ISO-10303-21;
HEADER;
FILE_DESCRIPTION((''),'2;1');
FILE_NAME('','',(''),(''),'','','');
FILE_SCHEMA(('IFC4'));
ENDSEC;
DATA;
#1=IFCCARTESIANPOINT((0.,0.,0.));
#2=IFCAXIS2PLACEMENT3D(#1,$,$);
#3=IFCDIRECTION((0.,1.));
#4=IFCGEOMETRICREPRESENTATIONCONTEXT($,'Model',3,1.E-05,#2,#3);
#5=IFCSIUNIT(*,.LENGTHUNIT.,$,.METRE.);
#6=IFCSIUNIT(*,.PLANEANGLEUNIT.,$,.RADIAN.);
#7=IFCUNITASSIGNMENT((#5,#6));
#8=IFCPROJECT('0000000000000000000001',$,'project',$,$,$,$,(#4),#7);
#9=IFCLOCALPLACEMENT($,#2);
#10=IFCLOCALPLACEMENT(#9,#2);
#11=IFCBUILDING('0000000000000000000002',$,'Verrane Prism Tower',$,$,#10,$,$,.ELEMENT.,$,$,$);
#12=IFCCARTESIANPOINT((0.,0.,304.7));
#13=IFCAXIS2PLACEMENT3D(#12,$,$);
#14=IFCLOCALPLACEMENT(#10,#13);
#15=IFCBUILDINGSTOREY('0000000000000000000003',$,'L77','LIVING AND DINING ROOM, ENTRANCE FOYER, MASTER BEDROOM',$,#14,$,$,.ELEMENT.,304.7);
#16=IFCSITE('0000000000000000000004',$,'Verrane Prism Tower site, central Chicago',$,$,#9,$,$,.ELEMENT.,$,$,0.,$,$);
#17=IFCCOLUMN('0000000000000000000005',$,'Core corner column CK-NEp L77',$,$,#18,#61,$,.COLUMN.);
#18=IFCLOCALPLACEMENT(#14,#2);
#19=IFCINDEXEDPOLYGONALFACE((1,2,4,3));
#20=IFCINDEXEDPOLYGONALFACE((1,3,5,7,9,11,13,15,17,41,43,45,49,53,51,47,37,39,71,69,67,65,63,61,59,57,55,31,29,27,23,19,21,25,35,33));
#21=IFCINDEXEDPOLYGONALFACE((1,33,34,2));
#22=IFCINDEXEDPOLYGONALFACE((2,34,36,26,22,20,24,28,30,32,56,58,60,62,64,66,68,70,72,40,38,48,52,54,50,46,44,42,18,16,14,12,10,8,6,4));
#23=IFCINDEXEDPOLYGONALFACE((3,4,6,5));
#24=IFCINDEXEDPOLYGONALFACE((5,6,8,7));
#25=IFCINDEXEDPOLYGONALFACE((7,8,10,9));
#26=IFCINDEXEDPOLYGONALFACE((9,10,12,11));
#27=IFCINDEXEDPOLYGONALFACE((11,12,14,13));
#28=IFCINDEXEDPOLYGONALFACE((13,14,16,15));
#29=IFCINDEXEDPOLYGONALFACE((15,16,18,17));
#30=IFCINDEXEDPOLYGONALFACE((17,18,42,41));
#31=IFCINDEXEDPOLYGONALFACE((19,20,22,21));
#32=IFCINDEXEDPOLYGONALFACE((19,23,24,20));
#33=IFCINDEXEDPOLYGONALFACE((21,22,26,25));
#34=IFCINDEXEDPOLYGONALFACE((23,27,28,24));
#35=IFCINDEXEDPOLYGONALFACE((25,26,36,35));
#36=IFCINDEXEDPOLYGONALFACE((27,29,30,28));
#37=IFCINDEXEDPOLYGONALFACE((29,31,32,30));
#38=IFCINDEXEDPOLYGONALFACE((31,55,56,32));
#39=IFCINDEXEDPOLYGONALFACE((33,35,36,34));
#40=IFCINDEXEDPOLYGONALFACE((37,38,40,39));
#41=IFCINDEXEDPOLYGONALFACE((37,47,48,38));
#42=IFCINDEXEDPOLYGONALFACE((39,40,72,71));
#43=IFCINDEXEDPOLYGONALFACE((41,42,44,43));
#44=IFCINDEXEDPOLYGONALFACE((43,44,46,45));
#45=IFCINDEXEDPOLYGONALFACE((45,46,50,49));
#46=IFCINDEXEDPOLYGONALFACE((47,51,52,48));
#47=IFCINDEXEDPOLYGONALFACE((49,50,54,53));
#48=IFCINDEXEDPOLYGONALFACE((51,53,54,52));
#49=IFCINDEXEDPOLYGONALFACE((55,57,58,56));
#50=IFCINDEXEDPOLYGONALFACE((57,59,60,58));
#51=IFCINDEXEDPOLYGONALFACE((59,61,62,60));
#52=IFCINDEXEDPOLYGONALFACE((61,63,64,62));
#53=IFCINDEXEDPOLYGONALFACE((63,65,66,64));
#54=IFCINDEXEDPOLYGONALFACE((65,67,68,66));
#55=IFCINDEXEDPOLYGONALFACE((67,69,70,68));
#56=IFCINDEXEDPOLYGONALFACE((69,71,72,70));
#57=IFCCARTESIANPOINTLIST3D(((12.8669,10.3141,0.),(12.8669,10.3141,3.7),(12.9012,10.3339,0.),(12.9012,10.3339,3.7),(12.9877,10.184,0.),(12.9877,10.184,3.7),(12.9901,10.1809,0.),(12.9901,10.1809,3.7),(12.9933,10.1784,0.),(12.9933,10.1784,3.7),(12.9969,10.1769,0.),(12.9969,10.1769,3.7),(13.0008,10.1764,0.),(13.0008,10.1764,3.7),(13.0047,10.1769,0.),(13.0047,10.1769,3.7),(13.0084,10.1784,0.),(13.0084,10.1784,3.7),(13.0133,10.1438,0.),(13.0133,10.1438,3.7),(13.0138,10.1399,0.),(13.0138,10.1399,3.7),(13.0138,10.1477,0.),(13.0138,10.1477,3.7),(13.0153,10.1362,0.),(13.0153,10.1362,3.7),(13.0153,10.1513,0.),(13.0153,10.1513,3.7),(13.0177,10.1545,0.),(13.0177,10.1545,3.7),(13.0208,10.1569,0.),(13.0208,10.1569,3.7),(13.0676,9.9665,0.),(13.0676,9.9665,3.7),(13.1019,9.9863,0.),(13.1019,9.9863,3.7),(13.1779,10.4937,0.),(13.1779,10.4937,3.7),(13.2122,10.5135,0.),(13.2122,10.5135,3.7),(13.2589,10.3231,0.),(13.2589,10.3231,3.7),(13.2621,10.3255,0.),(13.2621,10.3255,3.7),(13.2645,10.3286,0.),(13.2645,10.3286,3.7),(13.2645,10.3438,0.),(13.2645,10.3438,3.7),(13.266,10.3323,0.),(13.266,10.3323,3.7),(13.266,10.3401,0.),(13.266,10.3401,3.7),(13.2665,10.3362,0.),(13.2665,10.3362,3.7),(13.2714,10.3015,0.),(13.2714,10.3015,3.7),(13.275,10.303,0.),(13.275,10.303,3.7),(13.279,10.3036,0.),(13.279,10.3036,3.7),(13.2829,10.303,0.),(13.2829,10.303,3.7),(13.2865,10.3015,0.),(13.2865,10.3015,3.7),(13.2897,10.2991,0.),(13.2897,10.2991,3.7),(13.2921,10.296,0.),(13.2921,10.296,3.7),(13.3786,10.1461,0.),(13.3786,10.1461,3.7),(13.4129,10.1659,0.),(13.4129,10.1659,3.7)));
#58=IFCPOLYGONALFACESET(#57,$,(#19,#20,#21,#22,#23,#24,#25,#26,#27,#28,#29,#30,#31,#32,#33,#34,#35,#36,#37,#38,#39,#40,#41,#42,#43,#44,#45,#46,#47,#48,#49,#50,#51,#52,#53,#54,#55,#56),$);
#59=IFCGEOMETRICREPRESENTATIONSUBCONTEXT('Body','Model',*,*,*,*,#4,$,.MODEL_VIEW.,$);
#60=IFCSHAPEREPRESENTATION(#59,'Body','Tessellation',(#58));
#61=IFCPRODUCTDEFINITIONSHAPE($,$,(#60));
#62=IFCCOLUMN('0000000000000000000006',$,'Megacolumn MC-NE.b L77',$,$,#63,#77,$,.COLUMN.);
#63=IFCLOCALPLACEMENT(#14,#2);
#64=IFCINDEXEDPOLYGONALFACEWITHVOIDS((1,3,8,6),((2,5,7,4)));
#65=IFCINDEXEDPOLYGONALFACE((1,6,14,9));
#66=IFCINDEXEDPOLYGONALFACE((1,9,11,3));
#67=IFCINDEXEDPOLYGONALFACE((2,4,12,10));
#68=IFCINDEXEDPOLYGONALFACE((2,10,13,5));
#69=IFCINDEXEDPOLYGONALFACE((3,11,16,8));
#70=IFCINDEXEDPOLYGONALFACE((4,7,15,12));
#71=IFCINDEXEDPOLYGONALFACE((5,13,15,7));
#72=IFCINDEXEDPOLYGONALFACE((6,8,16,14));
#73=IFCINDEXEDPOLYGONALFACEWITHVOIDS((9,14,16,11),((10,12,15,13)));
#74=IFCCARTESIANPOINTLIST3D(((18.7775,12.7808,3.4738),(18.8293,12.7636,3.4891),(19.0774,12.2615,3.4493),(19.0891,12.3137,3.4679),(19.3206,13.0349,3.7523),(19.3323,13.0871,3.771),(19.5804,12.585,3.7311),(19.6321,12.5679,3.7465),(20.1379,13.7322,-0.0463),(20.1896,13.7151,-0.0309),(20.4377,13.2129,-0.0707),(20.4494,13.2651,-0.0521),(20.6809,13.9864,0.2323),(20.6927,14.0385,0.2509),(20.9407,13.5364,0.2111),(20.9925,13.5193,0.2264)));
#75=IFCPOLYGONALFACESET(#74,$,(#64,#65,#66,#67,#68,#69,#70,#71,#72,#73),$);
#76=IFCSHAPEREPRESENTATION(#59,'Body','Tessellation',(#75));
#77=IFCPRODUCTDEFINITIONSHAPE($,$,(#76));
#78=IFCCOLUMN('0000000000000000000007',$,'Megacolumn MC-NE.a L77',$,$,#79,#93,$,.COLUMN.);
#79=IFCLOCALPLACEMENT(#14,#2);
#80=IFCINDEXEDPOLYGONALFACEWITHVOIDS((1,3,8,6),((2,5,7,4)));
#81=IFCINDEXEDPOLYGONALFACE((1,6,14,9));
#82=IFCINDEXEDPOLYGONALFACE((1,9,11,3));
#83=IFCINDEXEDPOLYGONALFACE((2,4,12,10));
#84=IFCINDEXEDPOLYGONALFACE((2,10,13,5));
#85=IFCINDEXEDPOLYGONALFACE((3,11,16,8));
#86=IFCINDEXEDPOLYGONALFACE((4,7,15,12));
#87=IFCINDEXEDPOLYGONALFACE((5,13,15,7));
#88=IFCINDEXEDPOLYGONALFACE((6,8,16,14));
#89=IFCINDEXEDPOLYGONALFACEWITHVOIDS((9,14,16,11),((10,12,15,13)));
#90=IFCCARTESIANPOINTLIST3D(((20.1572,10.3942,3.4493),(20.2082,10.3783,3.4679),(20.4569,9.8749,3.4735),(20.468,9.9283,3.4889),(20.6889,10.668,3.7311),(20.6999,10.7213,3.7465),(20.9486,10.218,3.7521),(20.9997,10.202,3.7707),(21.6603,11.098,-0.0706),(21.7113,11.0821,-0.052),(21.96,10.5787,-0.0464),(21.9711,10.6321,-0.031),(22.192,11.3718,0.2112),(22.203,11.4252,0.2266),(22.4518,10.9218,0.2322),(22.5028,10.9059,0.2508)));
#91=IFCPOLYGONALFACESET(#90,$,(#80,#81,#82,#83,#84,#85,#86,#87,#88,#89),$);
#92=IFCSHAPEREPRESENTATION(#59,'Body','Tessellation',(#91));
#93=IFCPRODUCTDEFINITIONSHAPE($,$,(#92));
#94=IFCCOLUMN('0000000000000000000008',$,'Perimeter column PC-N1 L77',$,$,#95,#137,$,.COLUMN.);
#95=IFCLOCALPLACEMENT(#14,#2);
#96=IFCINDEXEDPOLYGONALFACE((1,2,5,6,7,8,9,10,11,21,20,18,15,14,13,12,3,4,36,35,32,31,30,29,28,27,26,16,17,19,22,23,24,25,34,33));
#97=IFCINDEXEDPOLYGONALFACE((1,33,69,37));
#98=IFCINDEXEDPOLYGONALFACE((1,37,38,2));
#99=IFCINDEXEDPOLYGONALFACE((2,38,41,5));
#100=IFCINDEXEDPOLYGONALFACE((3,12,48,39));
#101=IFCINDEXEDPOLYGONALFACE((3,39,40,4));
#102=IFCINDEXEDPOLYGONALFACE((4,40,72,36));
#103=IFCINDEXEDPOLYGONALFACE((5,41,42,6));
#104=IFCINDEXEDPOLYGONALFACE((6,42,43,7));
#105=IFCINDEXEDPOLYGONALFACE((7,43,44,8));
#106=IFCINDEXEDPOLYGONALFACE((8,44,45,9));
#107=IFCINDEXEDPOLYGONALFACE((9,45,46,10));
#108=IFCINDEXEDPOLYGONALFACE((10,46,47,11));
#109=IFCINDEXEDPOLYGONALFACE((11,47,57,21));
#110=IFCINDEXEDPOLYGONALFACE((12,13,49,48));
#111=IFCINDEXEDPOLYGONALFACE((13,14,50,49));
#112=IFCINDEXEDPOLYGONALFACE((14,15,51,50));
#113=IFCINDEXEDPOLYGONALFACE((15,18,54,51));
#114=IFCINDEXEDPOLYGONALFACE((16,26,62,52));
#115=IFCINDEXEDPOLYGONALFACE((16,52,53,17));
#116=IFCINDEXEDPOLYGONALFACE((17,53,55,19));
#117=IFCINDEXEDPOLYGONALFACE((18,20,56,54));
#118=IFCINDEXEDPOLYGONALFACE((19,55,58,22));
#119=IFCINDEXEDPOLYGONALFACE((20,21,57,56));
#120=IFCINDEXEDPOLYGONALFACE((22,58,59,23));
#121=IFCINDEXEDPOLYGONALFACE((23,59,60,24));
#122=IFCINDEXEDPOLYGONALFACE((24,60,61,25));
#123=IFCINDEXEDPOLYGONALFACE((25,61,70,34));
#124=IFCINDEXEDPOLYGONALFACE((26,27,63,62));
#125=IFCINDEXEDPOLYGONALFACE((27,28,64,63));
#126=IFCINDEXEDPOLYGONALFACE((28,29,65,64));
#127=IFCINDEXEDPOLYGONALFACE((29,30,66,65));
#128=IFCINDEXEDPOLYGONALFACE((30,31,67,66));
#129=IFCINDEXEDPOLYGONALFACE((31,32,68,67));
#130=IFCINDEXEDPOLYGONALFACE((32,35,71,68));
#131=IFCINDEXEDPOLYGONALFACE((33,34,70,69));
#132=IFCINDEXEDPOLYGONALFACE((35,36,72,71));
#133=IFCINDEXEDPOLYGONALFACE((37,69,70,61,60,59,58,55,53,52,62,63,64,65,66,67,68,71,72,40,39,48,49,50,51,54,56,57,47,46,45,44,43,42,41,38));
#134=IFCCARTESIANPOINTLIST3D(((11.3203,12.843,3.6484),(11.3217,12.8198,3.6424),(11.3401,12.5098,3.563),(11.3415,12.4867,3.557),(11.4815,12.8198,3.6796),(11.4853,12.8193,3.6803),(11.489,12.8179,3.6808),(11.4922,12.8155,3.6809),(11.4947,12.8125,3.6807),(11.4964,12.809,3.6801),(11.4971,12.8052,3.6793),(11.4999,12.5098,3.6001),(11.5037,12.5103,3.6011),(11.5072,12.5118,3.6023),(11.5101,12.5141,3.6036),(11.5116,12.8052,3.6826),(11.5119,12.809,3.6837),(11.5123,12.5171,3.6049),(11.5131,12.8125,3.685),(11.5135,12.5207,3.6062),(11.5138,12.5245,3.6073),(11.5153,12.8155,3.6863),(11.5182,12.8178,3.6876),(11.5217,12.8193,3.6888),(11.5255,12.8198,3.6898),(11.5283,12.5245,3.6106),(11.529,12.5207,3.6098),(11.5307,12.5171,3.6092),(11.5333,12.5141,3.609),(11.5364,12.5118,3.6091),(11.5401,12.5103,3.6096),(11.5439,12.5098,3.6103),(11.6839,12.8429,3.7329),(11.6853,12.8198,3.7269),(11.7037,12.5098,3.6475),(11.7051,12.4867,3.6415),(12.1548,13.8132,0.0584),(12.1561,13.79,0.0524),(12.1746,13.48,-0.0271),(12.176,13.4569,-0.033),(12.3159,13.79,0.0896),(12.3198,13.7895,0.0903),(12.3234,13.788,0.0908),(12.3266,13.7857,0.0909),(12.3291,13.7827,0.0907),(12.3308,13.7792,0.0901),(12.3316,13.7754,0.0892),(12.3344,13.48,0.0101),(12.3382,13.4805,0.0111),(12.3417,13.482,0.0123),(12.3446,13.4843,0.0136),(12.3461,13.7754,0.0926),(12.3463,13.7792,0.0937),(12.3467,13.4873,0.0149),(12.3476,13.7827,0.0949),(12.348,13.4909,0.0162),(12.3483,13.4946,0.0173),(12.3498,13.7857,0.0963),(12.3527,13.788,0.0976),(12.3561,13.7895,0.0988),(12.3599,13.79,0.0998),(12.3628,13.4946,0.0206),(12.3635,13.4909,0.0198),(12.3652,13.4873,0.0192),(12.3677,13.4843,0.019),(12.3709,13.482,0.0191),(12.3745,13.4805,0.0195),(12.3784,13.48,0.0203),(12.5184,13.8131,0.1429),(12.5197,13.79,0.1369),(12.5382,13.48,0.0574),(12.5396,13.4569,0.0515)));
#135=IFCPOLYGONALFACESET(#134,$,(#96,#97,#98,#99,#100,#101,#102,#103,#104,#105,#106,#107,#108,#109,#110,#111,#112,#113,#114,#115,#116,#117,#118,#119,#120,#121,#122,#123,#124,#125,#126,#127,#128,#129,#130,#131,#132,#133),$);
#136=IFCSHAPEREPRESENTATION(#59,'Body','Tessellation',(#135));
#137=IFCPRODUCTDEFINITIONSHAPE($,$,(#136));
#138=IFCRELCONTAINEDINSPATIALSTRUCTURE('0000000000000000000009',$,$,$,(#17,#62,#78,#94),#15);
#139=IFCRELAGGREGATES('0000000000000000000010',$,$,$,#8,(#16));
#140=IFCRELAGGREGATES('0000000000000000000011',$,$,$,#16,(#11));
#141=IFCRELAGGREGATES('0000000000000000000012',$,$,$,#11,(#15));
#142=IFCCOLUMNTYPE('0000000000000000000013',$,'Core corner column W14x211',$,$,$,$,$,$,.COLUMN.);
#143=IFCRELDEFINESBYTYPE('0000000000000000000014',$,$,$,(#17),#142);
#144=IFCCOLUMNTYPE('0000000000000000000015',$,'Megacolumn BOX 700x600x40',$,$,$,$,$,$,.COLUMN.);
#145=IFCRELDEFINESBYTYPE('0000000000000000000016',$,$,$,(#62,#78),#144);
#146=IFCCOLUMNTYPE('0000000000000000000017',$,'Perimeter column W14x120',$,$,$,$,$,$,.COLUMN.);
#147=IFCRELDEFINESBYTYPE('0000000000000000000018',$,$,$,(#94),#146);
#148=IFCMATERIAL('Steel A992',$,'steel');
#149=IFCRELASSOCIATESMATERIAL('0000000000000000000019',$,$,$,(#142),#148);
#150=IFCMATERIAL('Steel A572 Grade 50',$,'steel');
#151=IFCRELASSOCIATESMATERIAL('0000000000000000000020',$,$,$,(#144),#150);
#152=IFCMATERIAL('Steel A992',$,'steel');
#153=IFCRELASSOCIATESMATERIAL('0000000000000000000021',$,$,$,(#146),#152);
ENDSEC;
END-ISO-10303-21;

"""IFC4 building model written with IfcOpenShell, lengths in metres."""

from ifc_helpers import new_model, si_unit, direction, frame, origin, origin_2d, place, context, subcontext, project, spatial, hollow_rectangle, i_section, extrude, material, material_profile, profile_set, type_object, element, save


model = new_model("IFC4")

# Units and contexts
model_context = context("Model", 3, precision=1e-05, world=origin(), true_north=direction((0.0, 1.0)))
body_context = subcontext(model_context, "Body", "Model", "MODEL_VIEW")
ifc_project = project(units=[si_unit("LENGTHUNIT", "METRE"), si_unit("PLANEANGLEUNIT", "RADIAN")], contexts=[model_context])

# Site, building, storey
site_placement = place(None, origin())
site = spatial("IfcSite", under=ifc_project, at=site_placement, Name="Verrane Prism Tower site, central Chicago", CompositionType="ELEMENT", RefElevation=0.0)
building_placement = place(site_placement, origin())
building = spatial("IfcBuilding", under=site, at=building_placement, Name="Verrane Prism Tower", CompositionType="ELEMENT")
storey_placement = place(building_placement, frame((0.0, 0.0, 304.7)))
storey = spatial("IfcBuildingStorey", under=building, at=storey_placement, Name="L77", Description="LIVING AND DINING ROOM, ENTRANCE FOYER, MASTER BEDROOM", CompositionType="ELEMENT", Elevation=304.7)

# Columns
ifc_material_1 = material(Name="Steel A992", Category="steel")
ifc_material_profile_1 = material_profile(ifc_material_1, i_section(OverallWidth=0.4014, OverallDepth=0.3987, WebThickness=0.0249, FlangeThickness=0.0396, FilletRadius=0.0151, at=origin_2d()), Name="W14x211")
ifc_profile_set_1 = profile_set([ifc_material_profile_1], Name="Steel A992")
column_type_1 = type_object("IfcColumnType", Name="Core corner column W14x211", PredefinedType="COLUMN", material=ifc_profile_set_1)
column_1_placement = place(storey_placement, frame((13.1399, 10.24, 0.0), z_axis=(0.0, 0.0, 1.0), x_axis=(0.5, -0.866025, 0.0)))
element("IfcColumn", 1, at=column_1_placement, inside=storey, type_object=column_type_1, Name="Core corner column CK-NEp L77", PredefinedType="COLUMN", context=body_context, shape_type="SweptSolid", body=[
    extrude(i_section(OverallWidth=0.4014, OverallDepth=0.3987, WebThickness=0.0249, FlangeThickness=0.0396, FilletRadius=0.0151, at=origin_2d()), origin(), (0.0, 0.0, 1.0), 3.7),
])
ifc_material_2 = material(Name="Steel A572 Grade 50", Category="steel")
ifc_material_profile_2 = material_profile(ifc_material_2, hollow_rectangle(XDim=0.6001, YDim=0.7, WallThickness=0.04, at=origin_2d()), Name="BOX 700x600x40")
ifc_profile_set_2 = profile_set([ifc_material_profile_2], Name="Steel A572 Grade 50")
column_type_2 = type_object("IfcColumnType", Name="Megacolumn BOX 700x600x40", PredefinedType="COLUMN", material=ifc_profile_set_2)
column_2_placement = place(storey_placement, frame((20.5652, 13.6257, 0.0901), z_axis=(-0.349541, -0.244465, 0.904465), x_axis=(0.499636, -0.865275, -0.040783)))
element("IfcColumn", 2, at=column_2_placement, inside=storey, type_object=column_type_2, Name="Megacolumn MC-NE.b L77", PredefinedType="COLUMN", context=body_context, shape_type="SweptSolid", body=[
    extrude(hollow_rectangle(XDim=0.6001, YDim=0.7, WallThickness=0.04, at=origin_2d()), origin(), (0.0, 0.0, 1.0), 3.8918),
])
column_3_placement = place(storey_placement, frame((22.0815, 11.002, 0.0901), z_axis=(-0.386249, -0.18086, 0.904489), x_axis=(0.499519, -0.865366, 0.040275)))
element("IfcColumn", 3, at=column_3_placement, inside=storey, type_object=column_type_2, Name="Megacolumn MC-NE.a L77", PredefinedType="COLUMN", context=body_context, shape_type="SweptSolid", body=[
    extrude(hollow_rectangle(XDim=0.6001, YDim=0.7, WallThickness=0.04, at=origin_2d()), origin(), (0.0, 0.0, 1.0), 3.8916),
])
ifc_material_3 = material(Name="Steel A992", Category="steel")
ifc_material_profile_3 = material_profile(ifc_material_3, i_section(OverallWidth=0.3733, OverallDepth=0.3684, WebThickness=0.0149, FlangeThickness=0.0239, FilletRadius=0.0151, at=origin_2d()), Name="W14x120")
ifc_profile_set_3 = profile_set([ifc_material_profile_3], Name="Steel A992")
column_type_3 = type_object("IfcColumnType", Name="Perimeter column W14x120", PredefinedType="COLUMN", material=ifc_profile_set_3)
column_4_placement = place(storey_placement, frame((12.3472, 13.635, 0.0549), z_axis=(-0.218944, -0.254559, 0.941946), x_axis=(0.974037, -0.000049, 0.22639)))
element("IfcColumn", 4, at=column_4_placement, inside=storey, type_object=column_type_3, Name="Perimeter column PC-N1 L77", PredefinedType="COLUMN", context=body_context, shape_type="SweptSolid", body=[
    extrude(i_section(OverallWidth=0.3733, OverallDepth=0.3684, WebThickness=0.0149, FlangeThickness=0.0239, FilletRadius=0.0151, at=origin_2d()), origin(), (0.0, 0.0, 1.0), 3.8113),
])

save(model, "model.ifc")
